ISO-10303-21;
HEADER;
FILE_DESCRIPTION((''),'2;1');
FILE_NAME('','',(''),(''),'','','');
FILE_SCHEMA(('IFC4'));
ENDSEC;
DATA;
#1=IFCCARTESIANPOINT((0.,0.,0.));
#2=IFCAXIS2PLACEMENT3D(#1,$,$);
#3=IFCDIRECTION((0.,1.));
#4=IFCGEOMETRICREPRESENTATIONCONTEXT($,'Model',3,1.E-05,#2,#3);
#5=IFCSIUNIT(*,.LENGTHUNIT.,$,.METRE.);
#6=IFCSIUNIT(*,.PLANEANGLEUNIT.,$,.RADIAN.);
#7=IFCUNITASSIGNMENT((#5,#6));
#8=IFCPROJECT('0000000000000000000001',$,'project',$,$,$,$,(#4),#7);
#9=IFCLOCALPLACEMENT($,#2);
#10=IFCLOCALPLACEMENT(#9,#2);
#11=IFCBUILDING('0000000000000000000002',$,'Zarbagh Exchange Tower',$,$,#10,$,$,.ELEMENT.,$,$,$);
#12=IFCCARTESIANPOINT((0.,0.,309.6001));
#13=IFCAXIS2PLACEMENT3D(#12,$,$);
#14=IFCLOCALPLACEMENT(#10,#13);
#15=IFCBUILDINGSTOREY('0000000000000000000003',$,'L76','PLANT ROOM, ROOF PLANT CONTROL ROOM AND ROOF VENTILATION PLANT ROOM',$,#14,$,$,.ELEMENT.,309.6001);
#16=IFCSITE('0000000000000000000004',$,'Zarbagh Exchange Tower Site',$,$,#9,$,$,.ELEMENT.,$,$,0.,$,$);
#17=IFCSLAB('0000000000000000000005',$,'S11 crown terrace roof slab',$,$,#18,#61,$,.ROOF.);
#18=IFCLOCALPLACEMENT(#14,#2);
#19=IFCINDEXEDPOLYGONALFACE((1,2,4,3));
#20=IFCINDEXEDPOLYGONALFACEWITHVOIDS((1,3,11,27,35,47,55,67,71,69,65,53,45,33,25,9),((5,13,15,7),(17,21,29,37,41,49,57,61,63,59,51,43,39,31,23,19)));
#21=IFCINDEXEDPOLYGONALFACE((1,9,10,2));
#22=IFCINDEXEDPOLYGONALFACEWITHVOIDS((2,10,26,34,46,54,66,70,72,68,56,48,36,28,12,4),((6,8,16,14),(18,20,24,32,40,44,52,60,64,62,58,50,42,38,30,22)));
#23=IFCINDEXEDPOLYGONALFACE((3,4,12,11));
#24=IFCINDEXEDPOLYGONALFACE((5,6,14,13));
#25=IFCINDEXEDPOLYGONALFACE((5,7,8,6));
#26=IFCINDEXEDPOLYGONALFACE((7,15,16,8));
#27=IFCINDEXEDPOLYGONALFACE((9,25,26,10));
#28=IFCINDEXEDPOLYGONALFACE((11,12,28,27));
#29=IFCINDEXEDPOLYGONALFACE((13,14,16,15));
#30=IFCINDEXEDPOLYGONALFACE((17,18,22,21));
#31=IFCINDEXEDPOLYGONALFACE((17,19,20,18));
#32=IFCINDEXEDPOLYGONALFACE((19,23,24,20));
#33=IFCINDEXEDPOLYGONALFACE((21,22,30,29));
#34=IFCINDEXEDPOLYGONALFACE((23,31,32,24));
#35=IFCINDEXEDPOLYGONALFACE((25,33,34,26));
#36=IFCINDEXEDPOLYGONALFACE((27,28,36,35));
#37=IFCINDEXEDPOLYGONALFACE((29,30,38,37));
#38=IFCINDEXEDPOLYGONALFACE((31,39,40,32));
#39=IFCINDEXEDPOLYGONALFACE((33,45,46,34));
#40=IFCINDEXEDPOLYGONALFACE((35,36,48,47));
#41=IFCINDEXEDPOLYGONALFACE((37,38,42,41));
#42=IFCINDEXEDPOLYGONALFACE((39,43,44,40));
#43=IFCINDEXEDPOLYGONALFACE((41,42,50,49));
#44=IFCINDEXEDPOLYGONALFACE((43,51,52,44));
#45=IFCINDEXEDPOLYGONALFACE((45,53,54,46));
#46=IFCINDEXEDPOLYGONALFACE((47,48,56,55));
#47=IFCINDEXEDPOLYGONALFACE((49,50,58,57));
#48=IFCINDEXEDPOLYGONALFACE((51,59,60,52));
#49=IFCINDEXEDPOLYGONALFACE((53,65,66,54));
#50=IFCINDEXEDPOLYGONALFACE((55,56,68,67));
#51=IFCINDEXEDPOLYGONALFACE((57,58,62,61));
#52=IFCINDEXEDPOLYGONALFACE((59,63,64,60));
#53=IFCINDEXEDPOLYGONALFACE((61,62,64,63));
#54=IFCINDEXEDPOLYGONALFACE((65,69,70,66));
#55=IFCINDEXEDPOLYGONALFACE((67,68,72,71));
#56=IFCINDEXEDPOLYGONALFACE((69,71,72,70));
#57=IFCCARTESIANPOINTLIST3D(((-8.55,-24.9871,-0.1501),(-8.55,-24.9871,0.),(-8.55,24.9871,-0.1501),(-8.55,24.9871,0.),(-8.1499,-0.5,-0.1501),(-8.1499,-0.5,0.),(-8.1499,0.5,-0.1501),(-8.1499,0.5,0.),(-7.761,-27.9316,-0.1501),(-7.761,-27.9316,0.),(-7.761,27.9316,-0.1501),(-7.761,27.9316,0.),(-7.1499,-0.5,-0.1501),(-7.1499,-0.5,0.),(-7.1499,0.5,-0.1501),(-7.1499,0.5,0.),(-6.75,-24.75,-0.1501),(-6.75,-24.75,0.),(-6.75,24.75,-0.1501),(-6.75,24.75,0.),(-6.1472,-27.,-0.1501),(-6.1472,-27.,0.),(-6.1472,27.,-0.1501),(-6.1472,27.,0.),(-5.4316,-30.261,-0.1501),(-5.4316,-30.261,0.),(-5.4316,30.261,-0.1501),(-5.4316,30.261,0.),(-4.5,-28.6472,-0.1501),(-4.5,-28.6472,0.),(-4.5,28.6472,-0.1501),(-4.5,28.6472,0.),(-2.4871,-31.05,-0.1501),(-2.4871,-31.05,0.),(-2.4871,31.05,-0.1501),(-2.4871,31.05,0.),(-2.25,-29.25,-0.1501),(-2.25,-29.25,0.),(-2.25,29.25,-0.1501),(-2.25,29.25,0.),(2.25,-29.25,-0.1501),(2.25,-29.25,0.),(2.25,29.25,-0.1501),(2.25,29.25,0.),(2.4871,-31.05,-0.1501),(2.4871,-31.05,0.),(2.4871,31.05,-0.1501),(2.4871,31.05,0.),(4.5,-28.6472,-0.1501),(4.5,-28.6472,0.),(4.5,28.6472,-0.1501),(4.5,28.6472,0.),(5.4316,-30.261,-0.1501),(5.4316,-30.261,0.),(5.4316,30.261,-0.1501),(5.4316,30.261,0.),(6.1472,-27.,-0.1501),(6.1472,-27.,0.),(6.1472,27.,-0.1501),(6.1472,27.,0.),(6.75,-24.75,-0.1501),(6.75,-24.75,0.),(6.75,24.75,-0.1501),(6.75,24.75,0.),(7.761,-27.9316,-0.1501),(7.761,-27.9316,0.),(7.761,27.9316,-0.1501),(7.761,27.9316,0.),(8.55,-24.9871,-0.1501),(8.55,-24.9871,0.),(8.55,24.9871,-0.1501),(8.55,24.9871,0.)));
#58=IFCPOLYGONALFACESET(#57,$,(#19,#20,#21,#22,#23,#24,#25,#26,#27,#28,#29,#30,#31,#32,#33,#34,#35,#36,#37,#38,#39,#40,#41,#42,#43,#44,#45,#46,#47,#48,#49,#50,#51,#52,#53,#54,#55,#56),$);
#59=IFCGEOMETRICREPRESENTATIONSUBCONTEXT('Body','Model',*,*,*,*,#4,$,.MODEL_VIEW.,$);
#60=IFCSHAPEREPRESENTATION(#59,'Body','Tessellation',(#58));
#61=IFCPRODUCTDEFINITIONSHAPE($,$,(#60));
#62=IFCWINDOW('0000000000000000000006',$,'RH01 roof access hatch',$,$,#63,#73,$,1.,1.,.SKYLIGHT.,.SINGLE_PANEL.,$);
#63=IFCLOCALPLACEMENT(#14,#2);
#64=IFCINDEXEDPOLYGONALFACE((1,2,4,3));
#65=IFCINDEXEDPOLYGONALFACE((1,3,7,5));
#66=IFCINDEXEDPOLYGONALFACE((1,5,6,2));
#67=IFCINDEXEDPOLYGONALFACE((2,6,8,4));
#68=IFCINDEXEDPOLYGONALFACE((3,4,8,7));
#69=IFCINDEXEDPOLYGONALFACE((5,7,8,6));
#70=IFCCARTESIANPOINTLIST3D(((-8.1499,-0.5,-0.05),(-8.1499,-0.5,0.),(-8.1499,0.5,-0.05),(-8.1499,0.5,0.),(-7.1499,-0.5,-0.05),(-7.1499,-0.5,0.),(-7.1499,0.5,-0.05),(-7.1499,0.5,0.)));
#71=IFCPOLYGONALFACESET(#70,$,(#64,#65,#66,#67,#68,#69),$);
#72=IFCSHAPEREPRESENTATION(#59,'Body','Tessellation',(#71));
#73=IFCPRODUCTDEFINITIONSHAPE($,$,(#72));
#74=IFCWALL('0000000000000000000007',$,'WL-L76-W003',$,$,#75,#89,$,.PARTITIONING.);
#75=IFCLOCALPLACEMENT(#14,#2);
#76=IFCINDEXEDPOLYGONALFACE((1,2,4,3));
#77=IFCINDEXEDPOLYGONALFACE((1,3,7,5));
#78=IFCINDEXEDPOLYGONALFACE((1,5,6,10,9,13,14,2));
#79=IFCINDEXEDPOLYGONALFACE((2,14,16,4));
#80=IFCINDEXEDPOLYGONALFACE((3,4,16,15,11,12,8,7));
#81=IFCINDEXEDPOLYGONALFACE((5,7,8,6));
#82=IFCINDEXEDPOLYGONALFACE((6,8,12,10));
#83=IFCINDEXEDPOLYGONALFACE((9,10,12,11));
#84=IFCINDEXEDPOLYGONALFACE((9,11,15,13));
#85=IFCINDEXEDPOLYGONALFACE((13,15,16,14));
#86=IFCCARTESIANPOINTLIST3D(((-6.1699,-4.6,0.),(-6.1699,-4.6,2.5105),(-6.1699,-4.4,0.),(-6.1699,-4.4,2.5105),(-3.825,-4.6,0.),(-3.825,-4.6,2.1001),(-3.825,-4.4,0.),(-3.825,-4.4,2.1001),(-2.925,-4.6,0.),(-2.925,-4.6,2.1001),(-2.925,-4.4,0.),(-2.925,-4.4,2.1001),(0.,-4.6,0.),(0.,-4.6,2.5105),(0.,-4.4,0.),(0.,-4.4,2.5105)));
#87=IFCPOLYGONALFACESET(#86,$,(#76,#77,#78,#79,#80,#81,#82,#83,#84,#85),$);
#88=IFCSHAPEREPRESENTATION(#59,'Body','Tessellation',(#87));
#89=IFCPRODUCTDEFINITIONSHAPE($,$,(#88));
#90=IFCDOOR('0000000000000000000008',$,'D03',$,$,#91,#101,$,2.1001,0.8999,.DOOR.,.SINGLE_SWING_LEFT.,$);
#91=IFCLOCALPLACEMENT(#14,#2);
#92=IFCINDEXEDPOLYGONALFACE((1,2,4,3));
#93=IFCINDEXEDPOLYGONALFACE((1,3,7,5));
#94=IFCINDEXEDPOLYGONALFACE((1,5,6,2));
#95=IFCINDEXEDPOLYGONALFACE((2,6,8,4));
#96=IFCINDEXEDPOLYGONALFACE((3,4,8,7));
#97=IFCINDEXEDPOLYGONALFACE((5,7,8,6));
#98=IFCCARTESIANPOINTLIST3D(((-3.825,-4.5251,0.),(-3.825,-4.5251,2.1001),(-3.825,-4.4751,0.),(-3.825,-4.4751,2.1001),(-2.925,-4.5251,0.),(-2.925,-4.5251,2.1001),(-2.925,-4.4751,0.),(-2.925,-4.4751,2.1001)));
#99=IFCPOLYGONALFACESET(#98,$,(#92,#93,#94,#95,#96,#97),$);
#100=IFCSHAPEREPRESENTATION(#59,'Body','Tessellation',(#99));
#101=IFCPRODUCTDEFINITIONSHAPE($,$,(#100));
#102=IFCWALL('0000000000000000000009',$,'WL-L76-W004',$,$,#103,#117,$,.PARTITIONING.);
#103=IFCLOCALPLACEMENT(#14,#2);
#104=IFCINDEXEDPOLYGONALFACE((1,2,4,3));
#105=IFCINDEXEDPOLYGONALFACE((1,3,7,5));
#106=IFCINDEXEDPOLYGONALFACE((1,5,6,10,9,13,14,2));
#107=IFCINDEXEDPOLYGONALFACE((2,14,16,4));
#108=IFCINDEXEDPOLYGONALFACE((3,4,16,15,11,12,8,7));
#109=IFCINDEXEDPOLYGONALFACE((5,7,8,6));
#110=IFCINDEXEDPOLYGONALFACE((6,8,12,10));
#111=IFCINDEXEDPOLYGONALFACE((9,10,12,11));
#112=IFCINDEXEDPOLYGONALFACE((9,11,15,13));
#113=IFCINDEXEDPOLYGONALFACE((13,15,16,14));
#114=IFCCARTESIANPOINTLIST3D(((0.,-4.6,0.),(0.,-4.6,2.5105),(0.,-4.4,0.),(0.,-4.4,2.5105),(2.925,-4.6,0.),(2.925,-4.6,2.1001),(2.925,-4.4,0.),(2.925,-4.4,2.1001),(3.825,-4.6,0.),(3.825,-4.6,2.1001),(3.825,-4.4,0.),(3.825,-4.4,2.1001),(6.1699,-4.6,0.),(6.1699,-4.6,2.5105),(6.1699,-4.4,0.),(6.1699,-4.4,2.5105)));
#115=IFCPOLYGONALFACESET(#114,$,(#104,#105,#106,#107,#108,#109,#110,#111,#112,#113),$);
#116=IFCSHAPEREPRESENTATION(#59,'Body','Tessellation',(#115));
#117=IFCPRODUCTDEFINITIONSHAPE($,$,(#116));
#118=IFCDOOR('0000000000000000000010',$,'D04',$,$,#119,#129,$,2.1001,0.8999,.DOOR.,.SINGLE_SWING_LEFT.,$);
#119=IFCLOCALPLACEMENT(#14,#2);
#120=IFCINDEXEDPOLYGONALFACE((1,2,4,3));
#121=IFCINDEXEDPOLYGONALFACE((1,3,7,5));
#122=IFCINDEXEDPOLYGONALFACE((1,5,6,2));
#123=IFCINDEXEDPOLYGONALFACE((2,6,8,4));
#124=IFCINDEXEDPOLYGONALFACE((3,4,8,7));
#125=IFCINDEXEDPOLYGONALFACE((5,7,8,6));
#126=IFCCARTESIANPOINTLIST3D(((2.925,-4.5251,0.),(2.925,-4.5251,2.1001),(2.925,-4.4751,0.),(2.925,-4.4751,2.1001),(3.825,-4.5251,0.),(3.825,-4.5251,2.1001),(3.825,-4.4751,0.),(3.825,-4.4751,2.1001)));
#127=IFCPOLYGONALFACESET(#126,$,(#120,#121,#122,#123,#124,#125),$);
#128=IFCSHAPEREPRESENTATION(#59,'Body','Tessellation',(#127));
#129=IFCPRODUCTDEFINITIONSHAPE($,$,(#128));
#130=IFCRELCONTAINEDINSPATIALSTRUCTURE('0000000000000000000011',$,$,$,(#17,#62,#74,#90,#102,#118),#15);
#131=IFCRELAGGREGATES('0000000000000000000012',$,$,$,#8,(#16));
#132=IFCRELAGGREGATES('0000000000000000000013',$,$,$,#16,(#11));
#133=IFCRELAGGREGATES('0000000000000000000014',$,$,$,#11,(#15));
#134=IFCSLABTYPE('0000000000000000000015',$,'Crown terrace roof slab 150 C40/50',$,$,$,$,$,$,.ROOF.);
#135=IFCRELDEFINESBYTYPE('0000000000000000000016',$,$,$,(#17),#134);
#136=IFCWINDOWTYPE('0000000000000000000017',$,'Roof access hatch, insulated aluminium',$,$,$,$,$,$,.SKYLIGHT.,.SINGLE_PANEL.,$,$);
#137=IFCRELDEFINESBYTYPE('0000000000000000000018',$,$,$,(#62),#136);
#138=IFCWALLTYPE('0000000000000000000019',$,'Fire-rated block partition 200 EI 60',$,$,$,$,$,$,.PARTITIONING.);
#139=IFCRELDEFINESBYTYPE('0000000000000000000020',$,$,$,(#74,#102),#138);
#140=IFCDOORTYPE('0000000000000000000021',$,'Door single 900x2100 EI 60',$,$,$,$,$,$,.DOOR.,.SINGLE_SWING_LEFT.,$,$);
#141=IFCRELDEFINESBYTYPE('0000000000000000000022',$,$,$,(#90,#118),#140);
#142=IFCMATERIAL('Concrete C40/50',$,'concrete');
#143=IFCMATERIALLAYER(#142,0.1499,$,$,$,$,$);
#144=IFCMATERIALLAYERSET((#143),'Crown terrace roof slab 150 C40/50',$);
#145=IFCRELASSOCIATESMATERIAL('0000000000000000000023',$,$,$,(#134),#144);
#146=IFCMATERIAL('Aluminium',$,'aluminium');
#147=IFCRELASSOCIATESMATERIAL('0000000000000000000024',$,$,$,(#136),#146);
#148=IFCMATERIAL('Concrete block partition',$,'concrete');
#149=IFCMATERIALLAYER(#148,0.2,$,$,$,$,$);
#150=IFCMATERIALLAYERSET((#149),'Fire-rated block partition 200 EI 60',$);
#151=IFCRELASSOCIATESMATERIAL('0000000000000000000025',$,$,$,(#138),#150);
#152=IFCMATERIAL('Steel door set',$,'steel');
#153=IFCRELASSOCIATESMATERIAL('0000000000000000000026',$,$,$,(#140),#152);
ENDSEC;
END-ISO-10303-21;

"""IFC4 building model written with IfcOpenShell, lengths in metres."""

from ifc_helpers import new_model, si_unit, direction, frame, frame_2d, origin, origin_2d, place, context, subcontext, project, spatial, polyline, rectangle, outline, extrude, material, layer, layer_set, type_object, element, fill, save


model = new_model("IFC4")

# Units and contexts
model_context = context("Model", 3, precision=1e-05, world=origin(), true_north=direction((0.0, 1.0)))
body_context = subcontext(model_context, "Body", "Model", "MODEL_VIEW")
ifc_project = project(units=[si_unit("LENGTHUNIT", "METRE"), si_unit("PLANEANGLEUNIT", "RADIAN")], contexts=[model_context])

# Site, building, storey
site_placement = place(None, origin())
site = spatial("IfcSite", under=ifc_project, at=site_placement, Name="Zarbagh Exchange Tower Site", CompositionType="ELEMENT", RefElevation=0.0)
building_placement = place(site_placement, origin())
building = spatial("IfcBuilding", under=site, at=building_placement, Name="Zarbagh Exchange Tower", CompositionType="ELEMENT")
storey_placement = place(building_placement, frame((0.0, 0.0, 309.6001)))
storey = spatial("IfcBuildingStorey", under=building, at=storey_placement, Name="L76", Description="PLANT ROOM, ROOF PLANT CONTROL ROOM AND ROOF VENTILATION PLANT ROOM", CompositionType="ELEMENT", Elevation=309.6001)

# Shared definitions
ifc_material_1 = material(Name="Concrete C40/50", Category="concrete")

# Slab, opening, window
ifc_layer_1 = layer(ifc_material_1, 0.1499)
ifc_layer_set_1 = layer_set([ifc_layer_1], Name="Crown terrace roof slab 150 C40/50")
slab_type_1 = type_object("IfcSlabType", Name="Crown terrace roof slab 150 C40/50", PredefinedType="ROOF", material=ifc_layer_set_1)
slab_1_placement = place(storey_placement, frame((0.0, 0.0, -0.1501)))
slab_1 = element("IfcSlab", 1, at=slab_1_placement, inside=storey, type_object=slab_type_1, Name="S11 crown terrace roof slab", PredefinedType="ROOF", context=body_context, shape_type="SweptSolid", body=[
    extrude(outline(polyline([(-2.4871, -31.05), (-5.4316, -30.261), (-7.761, -27.9316), (-8.55, -24.9871), (-8.55, 24.9871), (-7.761, 27.9316), (-5.4316, 30.261), (-2.4871, 31.05), (2.4871, 31.05), (5.4316, 30.261), (7.761, 27.9316), (8.55, 24.9871), (8.55, -24.9871), (7.761, -27.9316), (5.4316, -30.261), (2.4871, -31.05), (-2.4871, -31.05)]), holes=[polyline([(4.5, -28.6472), (6.1472, -27.0), (6.75, -24.75), (6.75, 24.75), (6.1472, 27.0), (4.5, 28.6472), (2.25, 29.25), (-2.25, 29.25), (-4.5, 28.6472), (-6.1472, 27.0), (-6.75, 24.75), (-6.75, -24.75), (-6.1472, -27.0), (-4.5, -28.6472), (-2.25, -29.25), (2.25, -29.25), (4.5, -28.6472)])]), origin(), (0.0, 0.0, 1.0), 0.1501),
])
opening_1_placement = place(slab_1_placement, frame((-7.6499, 0.0, 0.0)))
opening_1 = element("IfcOpeningElement", 2, at=opening_1_placement, cuts=slab_1, PredefinedType="OPENING", context=body_context, shape_type="SweptSolid", body=[
    extrude(rectangle(XDim=1.0, YDim=1.0, at=origin_2d()), frame((0.0, 0.0, -0.01)), (0.0, 0.0, 1.0), 0.1702),
])
ifc_material_2 = material(Name="Aluminium", Category="aluminium")
window_type = type_object("IfcWindowType", Name="Roof access hatch, insulated aluminium", PartitioningType="SINGLE_PANEL", PredefinedType="SKYLIGHT", material=ifc_material_2)
window_placement = place(opening_1_placement, frame((0.0, 0.0, 0.1001)))
window = element("IfcWindow", 3, at=window_placement, inside=storey, type_object=window_type, Name="RH01 roof access hatch", OverallHeight=1.0, OverallWidth=1.0, PartitioningType="SINGLE_PANEL", PredefinedType="SKYLIGHT", context=body_context, shape_type="SweptSolid", body=[
    extrude(rectangle(XDim=1.0, YDim=1.0, at=origin_2d()), origin(), (0.0, 0.0, 1.0), 0.05),
])
fill(opening_1, window)

# Walls, openings, doors
ifc_material_3 = material(Name="Concrete block partition", Category="concrete")
ifc_layer_2 = layer(ifc_material_3, 0.2)
ifc_layer_set_2 = layer_set([ifc_layer_2], Name="Fire-rated block partition 200 EI 60")
wall_type = type_object("IfcWallType", Name="Fire-rated block partition 200 EI 60", PredefinedType="PARTITIONING", material=ifc_layer_set_2)
wall_1_placement = place(storey_placement, frame((-6.1699, -4.5, 0.0), z_axis=(0.0, 0.0, 1.0), x_axis=(1.0, 0.0, 0.0)))
wall_1 = element("IfcWall", 4, at=wall_1_placement, inside=storey, type_object=wall_type, Name="WL-L76-W003", PredefinedType="PARTITIONING", context=body_context, shape_type="SweptSolid", body=[
    extrude(rectangle(XDim=6.1699, YDim=0.2, at=frame_2d((3.085, 0.0))), origin(), (0.0, 0.0, 1.0), 2.5105),
])
opening_2_placement = place(wall_1_placement, frame((2.345, 0.0, 0.0)))
opening_2 = element("IfcOpeningElement", 5, at=opening_2_placement, cuts=wall_1, PredefinedType="OPENING", context=body_context, shape_type="SweptSolid", body=[
    extrude(rectangle(XDim=0.8999, YDim=2.1001, at=frame_2d((0.45, 1.05))), frame((0.0, 0.1099, 0.0), z_axis=(0.0, -1.0, 0.0), x_axis=(1.0, 0.0, 0.0)), (0.0, 0.0, 1.0), 0.22),
])
ifc_material_4 = material(Name="Steel door set", Category="steel")
door_type = type_object("IfcDoorType", Name="Door single 900x2100 EI 60", OperationType="SINGLE_SWING_LEFT", PredefinedType="DOOR", material=ifc_material_4)
door_1_placement = place(opening_2_placement, origin())
door_1 = element("IfcDoor", 6, at=door_1_placement, inside=storey, type_object=door_type, Name="D03", OperationType="SINGLE_SWING_LEFT", OverallHeight=2.1001, OverallWidth=0.8999, PredefinedType="DOOR", context=body_context, shape_type="SweptSolid", body=[
    extrude(rectangle(XDim=0.8999, YDim=2.1001, at=frame_2d((0.45, 1.05))), frame((0.0, 0.0249, 0.0), z_axis=(0.0, -1.0, 0.0), x_axis=(1.0, 0.0, 0.0)), (0.0, 0.0, 1.0), 0.05),
])
fill(opening_2, door_1)
wall_2_placement = place(storey_placement, frame((0.0, -4.5, 0.0), z_axis=(0.0, 0.0, 1.0), x_axis=(1.0, 0.0, 0.0)))
wall_2 = element("IfcWall", 7, at=wall_2_placement, inside=storey, type_object=wall_type, Name="WL-L76-W004", PredefinedType="PARTITIONING", context=body_context, shape_type="SweptSolid", body=[
    extrude(rectangle(XDim=6.1699, YDim=0.2, at=frame_2d((3.085, 0.0))), origin(), (0.0, 0.0, 1.0), 2.5105),
])
opening_3_placement = place(wall_2_placement, frame((2.925, 0.0, 0.0)))
opening_3 = element("IfcOpeningElement", 8, at=opening_3_placement, cuts=wall_2, PredefinedType="OPENING", context=body_context, shape_type="SweptSolid", body=[
    extrude(rectangle(XDim=0.8999, YDim=2.1001, at=frame_2d((0.45, 1.05))), frame((0.0, 0.1099, 0.0), z_axis=(0.0, -1.0, 0.0), x_axis=(1.0, 0.0, 0.0)), (0.0, 0.0, 1.0), 0.22),
])
door_2_placement = place(opening_3_placement, origin())
door_2 = element("IfcDoor", 9, at=door_2_placement, inside=storey, type_object=door_type, Name="D04", OperationType="SINGLE_SWING_LEFT", OverallHeight=2.1001, OverallWidth=0.8999, PredefinedType="DOOR", context=body_context, shape_type="SweptSolid", body=[
    extrude(rectangle(XDim=0.8999, YDim=2.1001, at=frame_2d((0.45, 1.05))), frame((0.0, 0.0249, 0.0), z_axis=(0.0, -1.0, 0.0), x_axis=(1.0, 0.0, 0.0)), (0.0, 0.0, 1.0), 0.05),
])
fill(opening_3, door_2)

save(model, "model.ifc")
